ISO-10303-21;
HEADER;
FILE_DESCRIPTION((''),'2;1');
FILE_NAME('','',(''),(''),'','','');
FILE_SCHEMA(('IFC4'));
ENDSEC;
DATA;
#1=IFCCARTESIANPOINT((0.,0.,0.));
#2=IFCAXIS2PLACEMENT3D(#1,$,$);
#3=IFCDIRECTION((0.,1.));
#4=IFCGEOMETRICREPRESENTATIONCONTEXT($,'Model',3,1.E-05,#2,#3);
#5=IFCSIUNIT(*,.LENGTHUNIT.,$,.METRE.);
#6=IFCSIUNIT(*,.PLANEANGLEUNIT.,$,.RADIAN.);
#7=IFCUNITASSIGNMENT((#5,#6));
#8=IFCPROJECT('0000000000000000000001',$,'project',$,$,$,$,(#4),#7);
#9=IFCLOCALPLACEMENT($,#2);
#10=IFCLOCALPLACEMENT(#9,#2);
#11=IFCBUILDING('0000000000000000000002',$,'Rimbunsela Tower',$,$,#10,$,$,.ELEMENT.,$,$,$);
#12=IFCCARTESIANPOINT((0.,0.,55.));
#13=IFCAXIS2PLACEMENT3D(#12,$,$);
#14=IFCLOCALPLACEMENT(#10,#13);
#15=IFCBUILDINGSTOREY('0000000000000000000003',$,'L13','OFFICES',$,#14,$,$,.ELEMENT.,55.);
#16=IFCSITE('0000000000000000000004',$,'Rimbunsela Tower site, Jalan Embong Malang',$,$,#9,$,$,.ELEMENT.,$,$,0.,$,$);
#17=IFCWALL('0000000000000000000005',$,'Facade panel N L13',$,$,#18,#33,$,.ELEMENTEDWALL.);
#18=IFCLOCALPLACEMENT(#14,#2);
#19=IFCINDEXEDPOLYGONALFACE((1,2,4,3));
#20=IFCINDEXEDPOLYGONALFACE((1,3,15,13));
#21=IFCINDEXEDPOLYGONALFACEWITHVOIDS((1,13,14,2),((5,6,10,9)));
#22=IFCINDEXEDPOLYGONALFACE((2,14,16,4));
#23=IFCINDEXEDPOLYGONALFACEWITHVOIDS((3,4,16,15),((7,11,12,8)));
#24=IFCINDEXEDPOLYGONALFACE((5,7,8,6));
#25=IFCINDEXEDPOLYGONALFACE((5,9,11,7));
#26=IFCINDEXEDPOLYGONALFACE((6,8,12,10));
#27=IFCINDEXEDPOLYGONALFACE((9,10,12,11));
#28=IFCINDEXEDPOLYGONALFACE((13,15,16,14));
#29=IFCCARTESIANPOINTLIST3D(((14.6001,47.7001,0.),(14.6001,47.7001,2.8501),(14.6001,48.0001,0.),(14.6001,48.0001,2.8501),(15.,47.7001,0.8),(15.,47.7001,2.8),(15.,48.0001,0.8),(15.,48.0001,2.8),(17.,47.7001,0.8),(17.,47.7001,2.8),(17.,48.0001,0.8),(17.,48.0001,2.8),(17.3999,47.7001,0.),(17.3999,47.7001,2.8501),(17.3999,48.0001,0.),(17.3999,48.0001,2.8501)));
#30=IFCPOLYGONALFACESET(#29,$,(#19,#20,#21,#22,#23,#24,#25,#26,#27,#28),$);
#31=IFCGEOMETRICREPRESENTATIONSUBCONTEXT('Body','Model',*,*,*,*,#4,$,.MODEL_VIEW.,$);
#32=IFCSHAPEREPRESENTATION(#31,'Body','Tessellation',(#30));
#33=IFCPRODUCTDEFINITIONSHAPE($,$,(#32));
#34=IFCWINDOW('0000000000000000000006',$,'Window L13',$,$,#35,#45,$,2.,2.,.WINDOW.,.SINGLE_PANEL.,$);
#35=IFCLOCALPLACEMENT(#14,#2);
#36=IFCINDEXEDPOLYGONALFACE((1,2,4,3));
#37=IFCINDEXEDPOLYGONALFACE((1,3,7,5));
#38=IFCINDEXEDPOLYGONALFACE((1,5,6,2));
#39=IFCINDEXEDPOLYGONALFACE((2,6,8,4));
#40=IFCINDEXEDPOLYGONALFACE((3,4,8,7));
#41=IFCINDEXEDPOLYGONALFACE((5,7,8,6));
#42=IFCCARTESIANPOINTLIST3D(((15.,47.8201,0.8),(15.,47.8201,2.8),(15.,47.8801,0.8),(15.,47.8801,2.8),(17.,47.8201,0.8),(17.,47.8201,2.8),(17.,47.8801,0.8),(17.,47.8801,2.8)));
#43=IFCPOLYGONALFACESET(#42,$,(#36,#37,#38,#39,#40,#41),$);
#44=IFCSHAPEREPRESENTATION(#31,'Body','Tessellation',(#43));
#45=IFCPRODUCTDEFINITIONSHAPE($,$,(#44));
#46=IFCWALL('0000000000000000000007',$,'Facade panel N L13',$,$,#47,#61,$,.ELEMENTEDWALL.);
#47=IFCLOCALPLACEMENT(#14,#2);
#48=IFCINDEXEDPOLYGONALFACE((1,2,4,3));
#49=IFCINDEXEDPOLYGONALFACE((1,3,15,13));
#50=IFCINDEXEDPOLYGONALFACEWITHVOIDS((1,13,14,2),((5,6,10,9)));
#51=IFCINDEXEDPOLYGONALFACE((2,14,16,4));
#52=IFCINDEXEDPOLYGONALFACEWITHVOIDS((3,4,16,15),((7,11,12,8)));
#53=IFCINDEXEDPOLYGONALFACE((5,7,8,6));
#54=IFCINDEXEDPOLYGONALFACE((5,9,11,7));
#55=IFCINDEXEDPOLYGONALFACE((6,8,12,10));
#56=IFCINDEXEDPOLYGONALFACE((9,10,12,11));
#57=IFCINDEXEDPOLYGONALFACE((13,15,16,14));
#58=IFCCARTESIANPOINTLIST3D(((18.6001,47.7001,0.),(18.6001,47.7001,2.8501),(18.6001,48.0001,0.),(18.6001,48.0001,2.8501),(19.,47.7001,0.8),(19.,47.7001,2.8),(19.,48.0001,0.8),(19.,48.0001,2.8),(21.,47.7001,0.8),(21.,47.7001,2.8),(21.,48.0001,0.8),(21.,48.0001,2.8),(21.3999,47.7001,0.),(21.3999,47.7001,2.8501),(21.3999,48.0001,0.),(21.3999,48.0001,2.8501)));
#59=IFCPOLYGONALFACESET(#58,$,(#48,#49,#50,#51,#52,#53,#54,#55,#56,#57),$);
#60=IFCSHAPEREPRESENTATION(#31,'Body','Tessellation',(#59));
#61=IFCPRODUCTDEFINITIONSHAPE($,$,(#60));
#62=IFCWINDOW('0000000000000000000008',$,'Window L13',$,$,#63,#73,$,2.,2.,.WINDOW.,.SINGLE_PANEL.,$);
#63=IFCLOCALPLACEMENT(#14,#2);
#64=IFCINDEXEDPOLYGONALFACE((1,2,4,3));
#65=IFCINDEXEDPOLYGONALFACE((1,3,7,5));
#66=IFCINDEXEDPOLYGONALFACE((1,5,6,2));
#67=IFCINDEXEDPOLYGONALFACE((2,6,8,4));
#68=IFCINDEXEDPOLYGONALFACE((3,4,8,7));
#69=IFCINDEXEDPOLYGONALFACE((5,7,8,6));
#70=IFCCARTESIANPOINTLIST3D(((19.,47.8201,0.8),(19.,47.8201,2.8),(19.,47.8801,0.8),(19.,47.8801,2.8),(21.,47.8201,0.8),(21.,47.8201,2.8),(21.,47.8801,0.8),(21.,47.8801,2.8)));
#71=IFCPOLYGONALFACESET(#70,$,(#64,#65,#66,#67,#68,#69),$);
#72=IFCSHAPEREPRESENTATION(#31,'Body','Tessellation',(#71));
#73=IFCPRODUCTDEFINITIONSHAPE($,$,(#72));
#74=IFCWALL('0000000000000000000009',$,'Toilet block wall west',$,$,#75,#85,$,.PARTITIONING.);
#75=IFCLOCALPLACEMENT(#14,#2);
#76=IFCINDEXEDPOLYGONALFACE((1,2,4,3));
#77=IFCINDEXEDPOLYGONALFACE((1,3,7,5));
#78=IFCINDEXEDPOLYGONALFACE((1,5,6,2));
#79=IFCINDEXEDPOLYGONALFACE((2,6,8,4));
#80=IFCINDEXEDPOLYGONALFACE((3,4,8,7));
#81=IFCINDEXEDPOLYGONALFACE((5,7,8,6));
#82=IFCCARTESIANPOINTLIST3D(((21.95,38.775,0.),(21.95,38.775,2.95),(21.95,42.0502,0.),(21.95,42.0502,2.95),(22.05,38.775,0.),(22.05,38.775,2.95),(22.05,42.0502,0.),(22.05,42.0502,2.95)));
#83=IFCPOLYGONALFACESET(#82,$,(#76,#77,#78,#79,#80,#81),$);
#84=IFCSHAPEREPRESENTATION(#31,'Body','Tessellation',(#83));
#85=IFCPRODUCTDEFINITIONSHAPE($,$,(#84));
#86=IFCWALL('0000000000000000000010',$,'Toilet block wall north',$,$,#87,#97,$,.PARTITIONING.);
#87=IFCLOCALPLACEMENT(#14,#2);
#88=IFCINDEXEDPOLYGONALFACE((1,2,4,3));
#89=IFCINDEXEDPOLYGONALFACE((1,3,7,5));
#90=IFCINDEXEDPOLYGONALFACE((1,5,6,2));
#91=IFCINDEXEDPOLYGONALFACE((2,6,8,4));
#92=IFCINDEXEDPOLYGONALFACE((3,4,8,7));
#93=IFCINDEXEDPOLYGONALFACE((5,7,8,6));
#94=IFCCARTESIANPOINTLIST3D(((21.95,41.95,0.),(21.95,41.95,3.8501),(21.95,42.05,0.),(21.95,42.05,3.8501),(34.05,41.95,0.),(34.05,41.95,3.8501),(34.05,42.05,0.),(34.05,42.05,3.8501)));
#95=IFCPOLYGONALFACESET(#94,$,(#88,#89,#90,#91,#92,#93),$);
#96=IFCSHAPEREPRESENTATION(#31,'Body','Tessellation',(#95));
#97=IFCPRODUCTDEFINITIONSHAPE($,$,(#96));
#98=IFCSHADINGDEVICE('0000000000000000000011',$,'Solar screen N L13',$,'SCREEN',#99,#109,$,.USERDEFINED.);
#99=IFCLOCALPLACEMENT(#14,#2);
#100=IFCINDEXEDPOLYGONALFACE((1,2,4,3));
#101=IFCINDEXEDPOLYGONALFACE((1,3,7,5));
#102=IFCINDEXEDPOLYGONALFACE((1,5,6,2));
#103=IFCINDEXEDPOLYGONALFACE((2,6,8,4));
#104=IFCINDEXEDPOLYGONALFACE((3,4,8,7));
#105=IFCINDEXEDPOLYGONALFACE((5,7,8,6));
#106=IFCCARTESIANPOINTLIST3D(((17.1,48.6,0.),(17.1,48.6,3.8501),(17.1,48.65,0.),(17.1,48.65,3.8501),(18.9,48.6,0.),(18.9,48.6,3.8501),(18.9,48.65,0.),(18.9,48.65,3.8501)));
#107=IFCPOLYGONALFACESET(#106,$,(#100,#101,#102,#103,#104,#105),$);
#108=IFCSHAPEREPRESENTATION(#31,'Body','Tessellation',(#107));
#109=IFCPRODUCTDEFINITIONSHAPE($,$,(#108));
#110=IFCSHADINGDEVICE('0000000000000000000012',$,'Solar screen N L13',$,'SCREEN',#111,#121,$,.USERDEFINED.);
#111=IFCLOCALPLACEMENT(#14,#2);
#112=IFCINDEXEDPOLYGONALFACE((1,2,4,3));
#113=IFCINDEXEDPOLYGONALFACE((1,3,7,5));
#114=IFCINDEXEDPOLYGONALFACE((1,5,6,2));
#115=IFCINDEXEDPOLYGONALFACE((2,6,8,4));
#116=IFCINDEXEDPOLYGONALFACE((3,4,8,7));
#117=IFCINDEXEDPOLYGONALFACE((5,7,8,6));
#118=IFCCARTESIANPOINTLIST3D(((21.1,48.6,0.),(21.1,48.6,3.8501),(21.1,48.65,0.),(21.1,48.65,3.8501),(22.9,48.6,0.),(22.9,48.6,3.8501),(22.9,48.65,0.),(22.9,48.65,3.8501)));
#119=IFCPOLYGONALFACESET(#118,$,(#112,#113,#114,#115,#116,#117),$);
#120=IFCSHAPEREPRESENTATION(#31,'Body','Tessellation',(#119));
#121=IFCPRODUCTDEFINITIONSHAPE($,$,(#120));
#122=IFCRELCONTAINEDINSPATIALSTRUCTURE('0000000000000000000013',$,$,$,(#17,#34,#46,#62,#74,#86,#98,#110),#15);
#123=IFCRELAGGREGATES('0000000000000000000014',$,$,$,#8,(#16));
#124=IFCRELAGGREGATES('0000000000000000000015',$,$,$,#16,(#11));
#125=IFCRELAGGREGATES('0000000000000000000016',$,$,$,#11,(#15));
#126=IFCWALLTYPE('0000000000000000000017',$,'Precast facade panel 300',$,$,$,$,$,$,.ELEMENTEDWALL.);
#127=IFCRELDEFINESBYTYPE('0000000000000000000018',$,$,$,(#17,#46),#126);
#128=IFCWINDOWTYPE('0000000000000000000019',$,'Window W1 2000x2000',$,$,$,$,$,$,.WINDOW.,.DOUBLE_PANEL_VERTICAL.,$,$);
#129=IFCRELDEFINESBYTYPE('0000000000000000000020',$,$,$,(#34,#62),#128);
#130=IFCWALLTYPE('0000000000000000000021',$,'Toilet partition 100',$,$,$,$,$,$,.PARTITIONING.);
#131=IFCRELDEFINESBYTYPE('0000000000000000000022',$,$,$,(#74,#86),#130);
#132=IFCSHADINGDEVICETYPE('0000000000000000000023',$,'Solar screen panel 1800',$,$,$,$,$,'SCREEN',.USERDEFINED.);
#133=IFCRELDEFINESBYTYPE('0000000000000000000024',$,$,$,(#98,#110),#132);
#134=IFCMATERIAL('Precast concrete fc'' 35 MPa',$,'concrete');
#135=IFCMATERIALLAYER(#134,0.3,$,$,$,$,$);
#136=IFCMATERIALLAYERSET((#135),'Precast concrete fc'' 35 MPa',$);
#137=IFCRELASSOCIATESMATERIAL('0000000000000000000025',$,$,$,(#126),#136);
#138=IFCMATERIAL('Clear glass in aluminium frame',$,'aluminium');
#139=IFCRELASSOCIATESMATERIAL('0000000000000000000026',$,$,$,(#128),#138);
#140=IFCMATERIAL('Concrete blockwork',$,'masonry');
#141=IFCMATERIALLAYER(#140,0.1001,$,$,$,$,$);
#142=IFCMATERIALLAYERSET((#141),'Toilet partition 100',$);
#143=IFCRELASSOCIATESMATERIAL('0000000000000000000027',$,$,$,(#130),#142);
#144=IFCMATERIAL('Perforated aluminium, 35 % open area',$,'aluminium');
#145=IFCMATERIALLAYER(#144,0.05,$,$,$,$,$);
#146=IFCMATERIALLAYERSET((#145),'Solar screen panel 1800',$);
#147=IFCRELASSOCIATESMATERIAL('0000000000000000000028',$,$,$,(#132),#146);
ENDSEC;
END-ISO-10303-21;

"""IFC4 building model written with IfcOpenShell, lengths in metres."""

from ifc_helpers import new_model, si_unit, direction, frame, frame_2d, origin, origin_2d, place, context, subcontext, project, spatial, rectangle, extrude, material, layer, layer_set, type_object, element, fill, save


model = new_model("IFC4")

# Units and contexts
model_context = context("Model", 3, precision=1e-05, world=origin(), true_north=direction((0.0, 1.0)))
body_context = subcontext(model_context, "Body", "Model", "MODEL_VIEW")
ifc_project = project(units=[si_unit("LENGTHUNIT", "METRE"), si_unit("PLANEANGLEUNIT", "RADIAN")], contexts=[model_context])

# Site, building, storey
site_placement = place(None, origin())
site = spatial("IfcSite", under=ifc_project, at=site_placement, Name="Rimbunsela Tower site, Jalan Embong Malang", CompositionType="ELEMENT", RefElevation=0.0)
building_placement = place(site_placement, origin())
building = spatial("IfcBuilding", under=site, at=building_placement, Name="Rimbunsela Tower", CompositionType="ELEMENT")
storey_placement = place(building_placement, frame((0.0, 0.0, 55.0)))
storey = spatial("IfcBuildingStorey", under=building, at=storey_placement, Name="L13", Description="OFFICES", CompositionType="ELEMENT", Elevation=55.0)

# Walls, openings, windows
ifc_material_1 = material(Name="Precast concrete fc' 35 MPa", Category="concrete")
ifc_layer_1 = layer(ifc_material_1, 0.3)
ifc_layer_set_1 = layer_set([ifc_layer_1], Name="Precast concrete fc' 35 MPa")
wall_type_1 = type_object("IfcWallType", Name="Precast facade panel 300", PredefinedType="ELEMENTEDWALL", material=ifc_layer_set_1)
wall_1_placement = place(storey_placement, frame((17.3999, 47.8501, 0.0), z_axis=(0.0, 0.0, 1.0), x_axis=(-1.0, 0.0, 0.0)))
wall_1 = element("IfcWall", 1, at=wall_1_placement, inside=storey, type_object=wall_type_1, Name="Facade panel N L13", PredefinedType="ELEMENTEDWALL", context=body_context, shape_type="SweptSolid", body=[
    extrude(rectangle(XDim=2.7998, YDim=0.3, at=frame_2d((1.3999, 0.0))), origin(), (0.0, 0.0, 1.0), 2.8501),
])
opening_1_placement = place(wall_1_placement, frame((0.3999, 0.0, 0.8)))
opening_1 = element("IfcOpeningElement", 2, at=opening_1_placement, cuts=wall_1, PredefinedType="OPENING", context=body_context, shape_type="SweptSolid", body=[
    extrude(rectangle(XDim=2.0, YDim=2.0, at=frame_2d((1.0, 1.0))), frame((0.0, 0.1599, 0.0), z_axis=(0.0, -1.0, 0.0), x_axis=(1.0, 0.0, 0.0)), (0.0, 0.0, 1.0), 0.3201),
])
ifc_material_2 = material(Name="Clear glass in aluminium frame", Category="aluminium")
window_type = type_object("IfcWindowType", Name="Window W1 2000x2000", PartitioningType="DOUBLE_PANEL_VERTICAL", PredefinedType="WINDOW", material=ifc_material_2)
window_1_placement = place(opening_1_placement, origin())
window_1 = element("IfcWindow", 3, at=window_1_placement, inside=storey, type_object=window_type, Name="Window L13", OverallHeight=2.0, OverallWidth=2.0, PartitioningType="SINGLE_PANEL", PredefinedType="WINDOW", context=body_context, shape_type="SweptSolid", body=[
    extrude(rectangle(XDim=2.0, YDim=2.0, at=frame_2d((1.0, 1.0))), frame((0.0, 0.03, 0.0), z_axis=(0.0, -1.0, 0.0), x_axis=(1.0, 0.0, 0.0)), (0.0, 0.0, 1.0), 0.0601),
])
fill(opening_1, window_1)
wall_2_placement = place(storey_placement, frame((21.3999, 47.8501, 0.0), z_axis=(0.0, 0.0, 1.0), x_axis=(-1.0, 0.0, 0.0)))
wall_2 = element("IfcWall", 4, at=wall_2_placement, inside=storey, type_object=wall_type_1, Name="Facade panel N L13", PredefinedType="ELEMENTEDWALL", context=body_context, shape_type="SweptSolid", body=[
    extrude(rectangle(XDim=2.7998, YDim=0.3, at=frame_2d((1.3999, 0.0))), origin(), (0.0, 0.0, 1.0), 2.8501),
])
opening_2_placement = place(wall_2_placement, frame((0.3999, 0.0, 0.8)))
opening_2 = element("IfcOpeningElement", 5, at=opening_2_placement, cuts=wall_2, PredefinedType="OPENING", context=body_context, shape_type="SweptSolid", body=[
    extrude(rectangle(XDim=2.0, YDim=2.0, at=frame_2d((1.0, 1.0))), frame((0.0, 0.1599, 0.0), z_axis=(0.0, -1.0, 0.0), x_axis=(1.0, 0.0, 0.0)), (0.0, 0.0, 1.0), 0.3201),
])
window_2_placement = place(opening_2_placement, origin())
window_2 = element("IfcWindow", 6, at=window_2_placement, inside=storey, type_object=window_type, Name="Window L13", OverallHeight=2.0, OverallWidth=2.0, PartitioningType="SINGLE_PANEL", PredefinedType="WINDOW", context=body_context, shape_type="SweptSolid", body=[
    extrude(rectangle(XDim=2.0, YDim=2.0, at=frame_2d((1.0, 1.0))), frame((0.0, 0.03, 0.0), z_axis=(0.0, -1.0, 0.0), x_axis=(1.0, 0.0, 0.0)), (0.0, 0.0, 1.0), 0.0601),
])
fill(opening_2, window_2)

# Walls
ifc_material_3 = material(Name="Concrete blockwork", Category="masonry")
ifc_layer_2 = layer(ifc_material_3, 0.1001)
ifc_layer_set_2 = layer_set([ifc_layer_2], Name="Toilet partition 100")
wall_type_2 = type_object("IfcWallType", Name="Toilet partition 100", PredefinedType="PARTITIONING", material=ifc_layer_set_2)
wall_3_placement = place(storey_placement, frame((22.0, 38.7749, 0.0), z_axis=(0.0, 0.0, 1.0), x_axis=(0.0, 1.0, 0.0)))
element("IfcWall", 7, at=wall_3_placement, inside=storey, type_object=wall_type_2, Name="Toilet block wall west", PredefinedType="PARTITIONING", context=body_context, shape_type="SweptSolid", body=[
    extrude(rectangle(XDim=3.2751, YDim=0.1001, at=frame_2d((1.6377, 0.0))), origin(), (0.0, 0.0, 1.0), 2.95),
])
wall_4_placement = place(storey_placement, frame((21.95, 42.0, 0.0), z_axis=(0.0, 0.0, 1.0), x_axis=(1.0, 0.0, 0.0)))
element("IfcWall", 8, at=wall_4_placement, inside=storey, type_object=wall_type_2, Name="Toilet block wall north", PredefinedType="PARTITIONING", context=body_context, shape_type="SweptSolid", body=[
    extrude(rectangle(XDim=12.1001, YDim=0.1001, at=frame_2d((6.05, 0.0))), origin(), (0.0, 0.0, 1.0), 3.8501),
])

# Shading devices
ifc_material_4 = material(Name="Perforated aluminium, 35 % open area", Category="aluminium")
ifc_layer_3 = layer(ifc_material_4, 0.05)
ifc_layer_set_3 = layer_set([ifc_layer_3], Name="Solar screen panel 1800")
shading_device_type = type_object("IfcShadingDeviceType", Name="Solar screen panel 1800", ElementType="SCREEN", PredefinedType="USERDEFINED", material=ifc_layer_set_3)
for number, where, z_axis, x_axis, name in (
    (9, (18.0, 48.625, 0.0), (0.0, 0.0, 1.0), (1.0, 0.0, 0.0), "Solar screen N L13"),
    (10, (22.0, 48.625, 0.0), (0.0, 0.0, 1.0), (1.0, 0.0, 0.0), "Solar screen N L13"),
):
    element("IfcShadingDevice", number, at=place(storey_placement, frame(where, z_axis=z_axis, x_axis=x_axis)), inside=storey, type_object=shading_device_type, Name=name, ObjectType="SCREEN", PredefinedType="USERDEFINED", context=body_context, shape_type="SweptSolid", body=[
        extrude(rectangle(XDim=1.8, YDim=0.05, at=origin_2d()), origin(), (0.0, 0.0, 1.0), 3.8501),
    ])

save(model, "model.ifc")
